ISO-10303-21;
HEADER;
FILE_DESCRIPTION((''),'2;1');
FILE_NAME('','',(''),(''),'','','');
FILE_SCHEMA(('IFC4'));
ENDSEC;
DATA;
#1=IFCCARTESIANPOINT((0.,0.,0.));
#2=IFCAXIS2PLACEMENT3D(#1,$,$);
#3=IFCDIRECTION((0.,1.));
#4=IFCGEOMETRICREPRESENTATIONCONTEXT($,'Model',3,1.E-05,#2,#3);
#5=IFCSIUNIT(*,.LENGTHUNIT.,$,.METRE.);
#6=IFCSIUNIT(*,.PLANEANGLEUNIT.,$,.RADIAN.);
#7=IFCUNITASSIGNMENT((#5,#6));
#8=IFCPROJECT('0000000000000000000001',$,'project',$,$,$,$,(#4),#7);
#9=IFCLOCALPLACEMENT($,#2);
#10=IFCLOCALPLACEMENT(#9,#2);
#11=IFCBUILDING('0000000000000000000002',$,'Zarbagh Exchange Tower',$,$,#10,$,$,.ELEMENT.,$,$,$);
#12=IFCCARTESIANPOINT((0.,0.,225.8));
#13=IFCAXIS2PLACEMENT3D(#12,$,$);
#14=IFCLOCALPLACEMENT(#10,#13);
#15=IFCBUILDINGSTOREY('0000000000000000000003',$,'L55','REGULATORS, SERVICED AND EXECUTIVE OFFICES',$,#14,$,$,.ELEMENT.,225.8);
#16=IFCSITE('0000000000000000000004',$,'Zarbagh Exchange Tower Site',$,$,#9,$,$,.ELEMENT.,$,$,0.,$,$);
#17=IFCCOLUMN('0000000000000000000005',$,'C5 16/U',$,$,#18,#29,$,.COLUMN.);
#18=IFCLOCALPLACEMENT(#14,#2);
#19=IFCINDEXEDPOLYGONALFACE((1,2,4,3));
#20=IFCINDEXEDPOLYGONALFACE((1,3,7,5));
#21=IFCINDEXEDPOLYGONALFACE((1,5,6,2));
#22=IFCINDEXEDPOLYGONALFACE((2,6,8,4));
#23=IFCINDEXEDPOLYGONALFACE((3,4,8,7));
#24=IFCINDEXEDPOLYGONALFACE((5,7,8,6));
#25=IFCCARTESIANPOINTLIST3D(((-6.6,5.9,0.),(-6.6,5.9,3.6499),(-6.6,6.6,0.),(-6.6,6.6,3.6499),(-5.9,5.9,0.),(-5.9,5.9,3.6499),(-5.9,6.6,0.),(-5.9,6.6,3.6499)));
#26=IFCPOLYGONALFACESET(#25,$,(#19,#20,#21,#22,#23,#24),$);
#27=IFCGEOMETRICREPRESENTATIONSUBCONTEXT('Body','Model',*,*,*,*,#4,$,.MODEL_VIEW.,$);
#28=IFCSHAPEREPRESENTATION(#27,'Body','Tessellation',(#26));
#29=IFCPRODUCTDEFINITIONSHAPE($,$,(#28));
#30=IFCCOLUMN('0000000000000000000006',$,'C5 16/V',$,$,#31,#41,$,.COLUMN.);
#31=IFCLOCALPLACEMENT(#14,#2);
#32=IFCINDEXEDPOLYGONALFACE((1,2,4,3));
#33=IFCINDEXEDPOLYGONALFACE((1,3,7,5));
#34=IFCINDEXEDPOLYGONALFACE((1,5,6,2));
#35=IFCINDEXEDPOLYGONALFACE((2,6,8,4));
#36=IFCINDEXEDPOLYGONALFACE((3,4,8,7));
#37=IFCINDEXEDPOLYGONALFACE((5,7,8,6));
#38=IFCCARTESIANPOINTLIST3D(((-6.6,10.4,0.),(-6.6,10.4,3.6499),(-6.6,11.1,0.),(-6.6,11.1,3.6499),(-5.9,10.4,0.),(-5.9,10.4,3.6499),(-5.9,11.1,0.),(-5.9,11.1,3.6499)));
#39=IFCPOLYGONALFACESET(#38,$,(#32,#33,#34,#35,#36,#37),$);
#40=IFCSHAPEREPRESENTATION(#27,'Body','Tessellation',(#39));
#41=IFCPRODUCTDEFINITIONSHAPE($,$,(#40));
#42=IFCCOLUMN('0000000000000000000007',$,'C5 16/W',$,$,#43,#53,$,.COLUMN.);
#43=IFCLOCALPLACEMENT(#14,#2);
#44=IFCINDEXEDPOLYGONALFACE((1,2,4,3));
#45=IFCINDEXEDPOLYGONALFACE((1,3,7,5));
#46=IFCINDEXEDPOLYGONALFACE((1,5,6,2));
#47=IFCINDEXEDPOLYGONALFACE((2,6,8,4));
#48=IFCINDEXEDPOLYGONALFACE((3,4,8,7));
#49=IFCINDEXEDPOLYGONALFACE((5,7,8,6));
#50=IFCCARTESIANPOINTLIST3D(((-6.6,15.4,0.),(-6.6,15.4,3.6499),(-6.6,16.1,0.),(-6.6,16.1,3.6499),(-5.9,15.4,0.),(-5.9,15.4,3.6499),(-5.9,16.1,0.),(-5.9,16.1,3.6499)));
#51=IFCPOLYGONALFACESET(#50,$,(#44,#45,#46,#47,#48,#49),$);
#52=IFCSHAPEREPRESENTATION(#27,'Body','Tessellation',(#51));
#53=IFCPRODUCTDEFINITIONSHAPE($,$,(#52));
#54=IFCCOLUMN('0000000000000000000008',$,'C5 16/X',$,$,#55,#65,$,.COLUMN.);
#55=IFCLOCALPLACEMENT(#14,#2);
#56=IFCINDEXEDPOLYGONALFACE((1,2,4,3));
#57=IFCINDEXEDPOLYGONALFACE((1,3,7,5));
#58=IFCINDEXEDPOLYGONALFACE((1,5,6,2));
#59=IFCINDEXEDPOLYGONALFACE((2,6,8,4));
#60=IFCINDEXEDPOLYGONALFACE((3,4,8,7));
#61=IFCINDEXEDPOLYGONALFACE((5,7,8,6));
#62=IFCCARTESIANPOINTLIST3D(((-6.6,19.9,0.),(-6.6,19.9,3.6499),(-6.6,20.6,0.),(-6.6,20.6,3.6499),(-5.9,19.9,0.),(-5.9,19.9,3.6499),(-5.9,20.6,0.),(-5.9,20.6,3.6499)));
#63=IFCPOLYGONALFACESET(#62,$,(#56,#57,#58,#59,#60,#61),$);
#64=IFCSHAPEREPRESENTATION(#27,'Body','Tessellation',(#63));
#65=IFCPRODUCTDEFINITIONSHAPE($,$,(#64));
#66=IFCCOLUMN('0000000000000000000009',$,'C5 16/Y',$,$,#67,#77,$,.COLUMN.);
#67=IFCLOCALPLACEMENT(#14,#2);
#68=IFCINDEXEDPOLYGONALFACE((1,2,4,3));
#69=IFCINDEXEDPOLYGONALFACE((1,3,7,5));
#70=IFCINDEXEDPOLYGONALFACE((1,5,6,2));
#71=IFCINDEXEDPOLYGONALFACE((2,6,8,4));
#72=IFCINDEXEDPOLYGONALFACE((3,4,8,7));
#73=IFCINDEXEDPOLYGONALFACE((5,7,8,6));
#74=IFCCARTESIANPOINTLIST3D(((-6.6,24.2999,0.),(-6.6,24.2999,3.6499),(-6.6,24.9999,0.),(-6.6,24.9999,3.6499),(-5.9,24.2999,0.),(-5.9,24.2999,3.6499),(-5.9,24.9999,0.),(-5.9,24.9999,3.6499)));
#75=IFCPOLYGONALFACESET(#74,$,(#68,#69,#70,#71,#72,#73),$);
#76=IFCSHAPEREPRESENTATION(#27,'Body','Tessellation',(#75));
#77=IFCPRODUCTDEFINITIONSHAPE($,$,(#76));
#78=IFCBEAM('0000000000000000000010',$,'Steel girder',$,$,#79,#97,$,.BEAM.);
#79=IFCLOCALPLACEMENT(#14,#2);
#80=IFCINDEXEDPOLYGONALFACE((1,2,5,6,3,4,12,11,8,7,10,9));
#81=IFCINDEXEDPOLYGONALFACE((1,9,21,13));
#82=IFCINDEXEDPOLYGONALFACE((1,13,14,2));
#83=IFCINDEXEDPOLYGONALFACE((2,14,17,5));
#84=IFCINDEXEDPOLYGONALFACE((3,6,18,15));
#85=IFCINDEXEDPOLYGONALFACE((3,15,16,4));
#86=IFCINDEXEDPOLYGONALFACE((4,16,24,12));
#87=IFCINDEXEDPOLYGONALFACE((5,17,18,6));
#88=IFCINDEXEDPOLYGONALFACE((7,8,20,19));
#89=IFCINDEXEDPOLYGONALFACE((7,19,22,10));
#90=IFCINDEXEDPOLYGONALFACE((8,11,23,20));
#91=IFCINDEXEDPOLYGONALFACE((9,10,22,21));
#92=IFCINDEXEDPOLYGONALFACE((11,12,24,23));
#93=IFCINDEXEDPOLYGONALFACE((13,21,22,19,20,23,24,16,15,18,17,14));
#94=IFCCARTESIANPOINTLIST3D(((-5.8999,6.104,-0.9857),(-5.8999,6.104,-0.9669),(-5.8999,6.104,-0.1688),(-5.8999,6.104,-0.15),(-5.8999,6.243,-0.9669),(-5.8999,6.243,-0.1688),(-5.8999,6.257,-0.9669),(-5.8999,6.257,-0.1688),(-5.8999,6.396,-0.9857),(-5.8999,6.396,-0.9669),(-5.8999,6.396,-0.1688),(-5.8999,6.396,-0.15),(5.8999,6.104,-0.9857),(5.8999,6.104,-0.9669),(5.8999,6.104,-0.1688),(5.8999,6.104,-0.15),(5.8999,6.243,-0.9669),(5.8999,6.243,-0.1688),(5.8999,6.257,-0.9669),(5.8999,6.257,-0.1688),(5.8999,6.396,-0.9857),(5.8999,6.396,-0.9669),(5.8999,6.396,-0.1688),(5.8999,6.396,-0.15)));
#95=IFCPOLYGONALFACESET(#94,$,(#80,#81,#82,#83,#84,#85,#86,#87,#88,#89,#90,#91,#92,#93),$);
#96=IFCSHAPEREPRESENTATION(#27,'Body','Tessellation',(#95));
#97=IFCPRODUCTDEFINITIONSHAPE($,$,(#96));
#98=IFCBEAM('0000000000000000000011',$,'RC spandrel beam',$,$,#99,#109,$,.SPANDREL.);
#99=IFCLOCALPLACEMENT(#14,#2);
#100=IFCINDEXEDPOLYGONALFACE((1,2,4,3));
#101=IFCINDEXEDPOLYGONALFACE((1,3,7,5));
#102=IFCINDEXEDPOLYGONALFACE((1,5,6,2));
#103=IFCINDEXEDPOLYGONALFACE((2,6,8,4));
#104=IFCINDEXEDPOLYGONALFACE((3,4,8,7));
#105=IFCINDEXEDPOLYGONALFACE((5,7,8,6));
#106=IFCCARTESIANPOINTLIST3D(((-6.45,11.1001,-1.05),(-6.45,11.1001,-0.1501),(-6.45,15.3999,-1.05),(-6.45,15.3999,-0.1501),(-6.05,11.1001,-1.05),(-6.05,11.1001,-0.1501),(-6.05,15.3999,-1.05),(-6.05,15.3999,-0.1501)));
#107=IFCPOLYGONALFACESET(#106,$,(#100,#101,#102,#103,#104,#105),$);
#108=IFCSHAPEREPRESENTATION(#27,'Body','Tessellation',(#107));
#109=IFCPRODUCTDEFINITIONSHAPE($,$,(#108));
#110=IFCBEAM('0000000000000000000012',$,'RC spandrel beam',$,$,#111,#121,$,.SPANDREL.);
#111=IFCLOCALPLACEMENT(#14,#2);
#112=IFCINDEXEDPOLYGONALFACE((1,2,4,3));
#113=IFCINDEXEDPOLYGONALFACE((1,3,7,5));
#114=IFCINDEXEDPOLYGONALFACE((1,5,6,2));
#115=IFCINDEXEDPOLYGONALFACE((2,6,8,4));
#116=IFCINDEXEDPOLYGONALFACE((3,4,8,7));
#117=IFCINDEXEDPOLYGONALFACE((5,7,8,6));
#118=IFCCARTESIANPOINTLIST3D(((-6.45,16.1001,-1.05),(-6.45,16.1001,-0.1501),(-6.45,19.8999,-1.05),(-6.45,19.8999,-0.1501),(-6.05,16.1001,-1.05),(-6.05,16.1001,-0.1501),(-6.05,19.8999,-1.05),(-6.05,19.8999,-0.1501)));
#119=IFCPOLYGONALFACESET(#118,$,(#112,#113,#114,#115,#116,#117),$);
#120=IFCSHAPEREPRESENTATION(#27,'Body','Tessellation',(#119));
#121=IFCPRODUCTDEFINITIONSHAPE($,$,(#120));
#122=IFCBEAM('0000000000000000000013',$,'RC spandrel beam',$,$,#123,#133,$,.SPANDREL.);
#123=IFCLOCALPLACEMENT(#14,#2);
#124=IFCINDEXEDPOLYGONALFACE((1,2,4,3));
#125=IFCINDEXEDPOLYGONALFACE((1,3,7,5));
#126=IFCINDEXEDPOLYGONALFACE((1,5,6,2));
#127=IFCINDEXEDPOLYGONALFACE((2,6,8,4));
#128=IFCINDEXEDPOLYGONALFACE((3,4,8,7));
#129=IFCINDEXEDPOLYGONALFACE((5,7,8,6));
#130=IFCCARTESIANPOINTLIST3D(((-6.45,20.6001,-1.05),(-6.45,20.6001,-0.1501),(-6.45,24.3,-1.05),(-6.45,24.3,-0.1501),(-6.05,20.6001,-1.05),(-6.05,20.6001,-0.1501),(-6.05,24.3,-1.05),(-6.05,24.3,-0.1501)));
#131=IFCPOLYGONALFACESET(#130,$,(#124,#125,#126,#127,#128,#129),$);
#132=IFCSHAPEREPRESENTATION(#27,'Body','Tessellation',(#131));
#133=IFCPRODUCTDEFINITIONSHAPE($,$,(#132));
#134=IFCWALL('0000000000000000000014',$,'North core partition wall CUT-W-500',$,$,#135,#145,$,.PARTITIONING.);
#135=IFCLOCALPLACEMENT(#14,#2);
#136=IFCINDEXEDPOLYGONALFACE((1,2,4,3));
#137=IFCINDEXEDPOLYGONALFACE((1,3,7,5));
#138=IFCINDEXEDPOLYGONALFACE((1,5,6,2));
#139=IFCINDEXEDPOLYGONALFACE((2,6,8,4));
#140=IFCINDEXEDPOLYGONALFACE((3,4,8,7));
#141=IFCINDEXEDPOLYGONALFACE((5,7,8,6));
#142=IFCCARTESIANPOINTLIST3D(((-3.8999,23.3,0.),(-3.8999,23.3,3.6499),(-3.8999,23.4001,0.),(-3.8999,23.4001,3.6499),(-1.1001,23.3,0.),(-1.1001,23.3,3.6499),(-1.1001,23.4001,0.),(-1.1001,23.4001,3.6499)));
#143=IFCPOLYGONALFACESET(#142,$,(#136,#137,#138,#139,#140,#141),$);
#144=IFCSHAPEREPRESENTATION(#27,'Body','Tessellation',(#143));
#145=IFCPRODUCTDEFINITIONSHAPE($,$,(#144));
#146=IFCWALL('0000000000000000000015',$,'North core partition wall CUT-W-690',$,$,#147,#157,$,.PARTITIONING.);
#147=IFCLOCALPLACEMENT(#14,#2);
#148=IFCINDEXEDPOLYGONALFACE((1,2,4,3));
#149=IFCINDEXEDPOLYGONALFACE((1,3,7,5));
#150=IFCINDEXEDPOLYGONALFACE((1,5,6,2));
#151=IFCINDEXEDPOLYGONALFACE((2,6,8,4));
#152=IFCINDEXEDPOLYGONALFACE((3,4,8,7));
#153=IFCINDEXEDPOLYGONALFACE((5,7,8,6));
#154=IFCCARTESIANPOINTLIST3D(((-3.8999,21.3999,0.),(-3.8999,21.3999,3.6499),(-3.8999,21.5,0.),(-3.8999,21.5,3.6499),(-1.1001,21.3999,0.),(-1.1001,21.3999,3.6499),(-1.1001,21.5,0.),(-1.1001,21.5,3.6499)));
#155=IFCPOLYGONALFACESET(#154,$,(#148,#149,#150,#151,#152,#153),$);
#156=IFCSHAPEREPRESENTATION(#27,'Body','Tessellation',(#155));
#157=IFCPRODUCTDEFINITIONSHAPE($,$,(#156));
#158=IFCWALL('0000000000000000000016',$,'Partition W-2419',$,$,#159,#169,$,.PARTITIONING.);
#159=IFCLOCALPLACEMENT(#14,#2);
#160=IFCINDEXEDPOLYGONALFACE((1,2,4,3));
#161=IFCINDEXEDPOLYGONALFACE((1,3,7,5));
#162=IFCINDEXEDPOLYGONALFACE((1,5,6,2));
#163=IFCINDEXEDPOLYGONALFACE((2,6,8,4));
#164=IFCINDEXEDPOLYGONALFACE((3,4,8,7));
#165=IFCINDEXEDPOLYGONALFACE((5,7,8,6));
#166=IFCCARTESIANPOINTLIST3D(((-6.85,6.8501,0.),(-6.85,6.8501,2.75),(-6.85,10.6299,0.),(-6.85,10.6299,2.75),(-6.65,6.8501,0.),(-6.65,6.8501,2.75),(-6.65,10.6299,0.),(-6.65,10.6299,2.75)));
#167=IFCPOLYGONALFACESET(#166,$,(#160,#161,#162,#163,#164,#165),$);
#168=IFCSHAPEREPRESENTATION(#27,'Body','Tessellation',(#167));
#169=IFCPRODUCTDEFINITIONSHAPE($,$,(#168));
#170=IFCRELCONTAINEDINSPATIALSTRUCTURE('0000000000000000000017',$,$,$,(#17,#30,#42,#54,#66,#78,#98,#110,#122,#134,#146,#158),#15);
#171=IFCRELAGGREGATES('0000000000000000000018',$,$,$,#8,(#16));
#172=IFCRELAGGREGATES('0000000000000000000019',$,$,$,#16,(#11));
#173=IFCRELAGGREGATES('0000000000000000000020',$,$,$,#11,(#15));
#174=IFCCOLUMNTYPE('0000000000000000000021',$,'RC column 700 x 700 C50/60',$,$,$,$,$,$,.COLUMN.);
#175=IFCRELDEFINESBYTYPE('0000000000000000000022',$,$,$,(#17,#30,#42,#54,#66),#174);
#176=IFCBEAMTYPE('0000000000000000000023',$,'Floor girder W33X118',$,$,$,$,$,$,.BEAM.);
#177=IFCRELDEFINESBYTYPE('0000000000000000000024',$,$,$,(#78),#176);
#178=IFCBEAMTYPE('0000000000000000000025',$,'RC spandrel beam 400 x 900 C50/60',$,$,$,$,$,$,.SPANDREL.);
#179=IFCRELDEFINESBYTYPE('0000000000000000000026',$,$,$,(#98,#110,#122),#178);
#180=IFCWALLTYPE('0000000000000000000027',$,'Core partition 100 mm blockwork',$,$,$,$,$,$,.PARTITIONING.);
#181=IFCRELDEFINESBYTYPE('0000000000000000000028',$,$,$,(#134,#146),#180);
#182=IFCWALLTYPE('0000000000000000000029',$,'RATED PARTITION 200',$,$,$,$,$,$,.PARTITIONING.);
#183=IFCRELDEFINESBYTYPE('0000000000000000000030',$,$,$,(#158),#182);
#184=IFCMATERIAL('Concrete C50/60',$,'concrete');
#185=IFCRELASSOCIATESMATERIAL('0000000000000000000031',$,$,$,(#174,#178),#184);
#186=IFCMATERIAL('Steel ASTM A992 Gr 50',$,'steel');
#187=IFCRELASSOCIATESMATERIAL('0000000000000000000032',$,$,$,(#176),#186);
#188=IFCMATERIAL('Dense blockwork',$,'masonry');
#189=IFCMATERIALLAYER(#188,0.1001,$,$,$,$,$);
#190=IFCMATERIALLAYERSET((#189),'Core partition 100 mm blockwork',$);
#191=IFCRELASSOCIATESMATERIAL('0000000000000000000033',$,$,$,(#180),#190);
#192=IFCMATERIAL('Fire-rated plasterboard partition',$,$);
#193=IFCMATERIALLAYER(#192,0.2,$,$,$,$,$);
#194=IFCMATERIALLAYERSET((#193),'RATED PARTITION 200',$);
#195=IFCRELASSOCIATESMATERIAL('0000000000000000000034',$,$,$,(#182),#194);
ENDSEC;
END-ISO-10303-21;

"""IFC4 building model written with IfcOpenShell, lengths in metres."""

from ifc_helpers import new_model, si_unit, direction, frame, frame_2d, origin, origin_2d, place, context, subcontext, project, spatial, rectangle, i_section, extrude, material, layer, layer_set, material_profile, profile_set, type_object, element, save


model = new_model("IFC4")

# Units and contexts
model_context = context("Model", 3, precision=1e-05, world=origin(), true_north=direction((0.0, 1.0)))
body_context = subcontext(model_context, "Body", "Model", "MODEL_VIEW")
ifc_project = project(units=[si_unit("LENGTHUNIT", "METRE"), si_unit("PLANEANGLEUNIT", "RADIAN")], contexts=[model_context])

# Site, building, storey
site_placement = place(None, origin())
site = spatial("IfcSite", under=ifc_project, at=site_placement, Name="Zarbagh Exchange Tower Site", CompositionType="ELEMENT", RefElevation=0.0)
building_placement = place(site_placement, origin())
building = spatial("IfcBuilding", under=site, at=building_placement, Name="Zarbagh Exchange Tower", CompositionType="ELEMENT")
storey_placement = place(building_placement, frame((0.0, 0.0, 225.8)))
storey = spatial("IfcBuildingStorey", under=building, at=storey_placement, Name="L55", Description="REGULATORS, SERVICED AND EXECUTIVE OFFICES", CompositionType="ELEMENT", Elevation=225.8)

# Columns
ifc_material_1 = material(Name="Concrete C50/60", Category="concrete")
ifc_material_profile_1 = material_profile(ifc_material_1, rectangle(XDim=0.7, YDim=0.7, at=origin_2d()), Name="RC column 700 x 700 C50/60")
ifc_profile_set_1 = profile_set([ifc_material_profile_1], Name="Concrete C50/60")
column_type = type_object("IfcColumnType", Name="RC column 700 x 700 C50/60", PredefinedType="COLUMN", material=ifc_profile_set_1)
for number, where, z_axis, x_axis, name in (
    (1, (-6.25, 6.25, 0.0), (0.0, 0.0, 1.0), (1.0, 0.0, 0.0), "C5 16/U"),
    (2, (-6.25, 10.75, 0.0), (0.0, 0.0, 1.0), (1.0, 0.0, 0.0), "C5 16/V"),
    (3, (-6.25, 15.75, 0.0), (0.0, 0.0, 1.0), (1.0, 0.0, 0.0), "C5 16/W"),
    (4, (-6.25, 20.25, 0.0), (0.0, 0.0, 1.0), (1.0, 0.0, 0.0), "C5 16/X"),
    (5, (-6.25, 24.6499, 0.0), (0.0, 0.0, 1.0), (1.0, 0.0, 0.0), "C5 16/Y"),
):
    element("IfcColumn", number, at=place(storey_placement, frame(where, z_axis=z_axis, x_axis=x_axis)), inside=storey, type_object=column_type, Name=name, PredefinedType="COLUMN", context=body_context, shape_type="SweptSolid", body=[
        extrude(rectangle(XDim=0.7, YDim=0.7, at=origin_2d()), origin(), (0.0, 0.0, 1.0), 3.6499),
    ])

# Beams
ifc_material_2 = material(Name="Steel ASTM A992 Gr 50", Category="steel")
ifc_material_profile_2 = material_profile(ifc_material_2, i_section(OverallWidth=0.292, OverallDepth=0.8357, WebThickness=0.0139, FlangeThickness=0.0188, at=origin_2d()), Name="W33X118")
ifc_profile_set_2 = profile_set([ifc_material_profile_2], Name="Steel ASTM A992 Gr 50")
beam_type_1 = type_object("IfcBeamType", Name="Floor girder W33X118", PredefinedType="BEAM", material=ifc_profile_set_2)
beam_1_placement = place(storey_placement, frame((-5.8999, 6.25, -0.5679), z_axis=(1.0, 0.0, 0.0), x_axis=(0.0, 1.0, 0.0)))
element("IfcBeam", 6, at=beam_1_placement, inside=storey, type_object=beam_type_1, Name="Steel girder", PredefinedType="BEAM", context=body_context, shape_type="SweptSolid", body=[
    extrude(i_section(OverallWidth=0.292, OverallDepth=0.8357, WebThickness=0.0139, FlangeThickness=0.0188, at=origin_2d()), origin(), (0.0, 0.0, 1.0), 11.7998),
])
ifc_material_profile_3 = material_profile(ifc_material_1, rectangle(XDim=0.3999, YDim=0.8999, at=origin_2d()), Name="RC spandrel beam 400 x 900 C50/60")
ifc_profile_set_3 = profile_set([ifc_material_profile_3], Name="Concrete C50/60")
beam_type_2 = type_object("IfcBeamType", Name="RC spandrel beam 400 x 900 C50/60", PredefinedType="SPANDREL", material=ifc_profile_set_3)
beam_2_placement = place(storey_placement, frame((-6.25, 11.1001, -0.6001), z_axis=(0.0, 1.0, 0.0), x_axis=(-1.0, 0.0, 0.0)))
element("IfcBeam", 7, at=beam_2_placement, inside=storey, type_object=beam_type_2, Name="RC spandrel beam", PredefinedType="SPANDREL", context=body_context, shape_type="SweptSolid", body=[
    extrude(rectangle(XDim=0.3999, YDim=0.8999, at=origin_2d()), origin(), (0.0, 0.0, 1.0), 4.2998),
])
beam_3_placement = place(storey_placement, frame((-6.25, 16.1001, -0.6001), z_axis=(0.0, 1.0, 0.0), x_axis=(-1.0, 0.0, 0.0)))
element("IfcBeam", 8, at=beam_3_placement, inside=storey, type_object=beam_type_2, Name="RC spandrel beam", PredefinedType="SPANDREL", context=body_context, shape_type="SweptSolid", body=[
    extrude(rectangle(XDim=0.3999, YDim=0.8999, at=origin_2d()), origin(), (0.0, 0.0, 1.0), 3.7998),
])
beam_4_placement = place(storey_placement, frame((-6.25, 20.6001, -0.6001), z_axis=(0.0, 1.0, 0.0), x_axis=(-1.0, 0.0, 0.0)))
element("IfcBeam", 9, at=beam_4_placement, inside=storey, type_object=beam_type_2, Name="RC spandrel beam", PredefinedType="SPANDREL", context=body_context, shape_type="SweptSolid", body=[
    extrude(rectangle(XDim=0.3999, YDim=0.8999, at=origin_2d()), origin(), (0.0, 0.0, 1.0), 3.7),
])

# Walls
ifc_material_3 = material(Name="Dense blockwork", Category="masonry")
ifc_layer_1 = layer(ifc_material_3, 0.1001)
ifc_layer_set_1 = layer_set([ifc_layer_1], Name="Core partition 100 mm blockwork")
wall_type_1 = type_object("IfcWallType", Name="Core partition 100 mm blockwork", PredefinedType="PARTITIONING", material=ifc_layer_set_1)
for number, where, z_axis, x_axis, name in (
    (10, (-3.8999, 23.3501, 0.0), (0.0, 0.0, 1.0), (1.0, 0.0, 0.0), "North core partition wall CUT-W-500"),
    (11, (-3.8999, 21.45, 0.0), (0.0, 0.0, 1.0), (1.0, 0.0, 0.0), "North core partition wall CUT-W-690"),
):
    element("IfcWall", number, at=place(storey_placement, frame(where, z_axis=z_axis, x_axis=x_axis)), inside=storey, type_object=wall_type_1, Name=name, PredefinedType="PARTITIONING", context=body_context, shape_type="SweptSolid", body=[
        extrude(rectangle(XDim=2.7998, YDim=0.1001, at=frame_2d((1.3999, 0.0))), origin(), (0.0, 0.0, 1.0), 3.6499),
    ])
ifc_material_4 = material(Name="Fire-rated plasterboard partition")
ifc_layer_2 = layer(ifc_material_4, 0.2)
ifc_layer_set_2 = layer_set([ifc_layer_2], Name="RATED PARTITION 200")
wall_type_2 = type_object("IfcWallType", Name="RATED PARTITION 200", PredefinedType="PARTITIONING", material=ifc_layer_set_2)
wall_1_placement = place(storey_placement, frame((-6.75, 6.8501, 0.0), z_axis=(0.0, 0.0, 1.0), x_axis=(0.0, 1.0, 0.0)))
element("IfcWall", 12, at=wall_1_placement, inside=storey, type_object=wall_type_2, Name="Partition W-2419", PredefinedType="PARTITIONING", context=body_context, shape_type="SweptSolid", body=[
    extrude(rectangle(XDim=3.7798, YDim=0.2, at=frame_2d((1.8899, 0.0))), origin(), (0.0, 0.0, 1.0), 2.75),
])

save(model, "model.ifc")
